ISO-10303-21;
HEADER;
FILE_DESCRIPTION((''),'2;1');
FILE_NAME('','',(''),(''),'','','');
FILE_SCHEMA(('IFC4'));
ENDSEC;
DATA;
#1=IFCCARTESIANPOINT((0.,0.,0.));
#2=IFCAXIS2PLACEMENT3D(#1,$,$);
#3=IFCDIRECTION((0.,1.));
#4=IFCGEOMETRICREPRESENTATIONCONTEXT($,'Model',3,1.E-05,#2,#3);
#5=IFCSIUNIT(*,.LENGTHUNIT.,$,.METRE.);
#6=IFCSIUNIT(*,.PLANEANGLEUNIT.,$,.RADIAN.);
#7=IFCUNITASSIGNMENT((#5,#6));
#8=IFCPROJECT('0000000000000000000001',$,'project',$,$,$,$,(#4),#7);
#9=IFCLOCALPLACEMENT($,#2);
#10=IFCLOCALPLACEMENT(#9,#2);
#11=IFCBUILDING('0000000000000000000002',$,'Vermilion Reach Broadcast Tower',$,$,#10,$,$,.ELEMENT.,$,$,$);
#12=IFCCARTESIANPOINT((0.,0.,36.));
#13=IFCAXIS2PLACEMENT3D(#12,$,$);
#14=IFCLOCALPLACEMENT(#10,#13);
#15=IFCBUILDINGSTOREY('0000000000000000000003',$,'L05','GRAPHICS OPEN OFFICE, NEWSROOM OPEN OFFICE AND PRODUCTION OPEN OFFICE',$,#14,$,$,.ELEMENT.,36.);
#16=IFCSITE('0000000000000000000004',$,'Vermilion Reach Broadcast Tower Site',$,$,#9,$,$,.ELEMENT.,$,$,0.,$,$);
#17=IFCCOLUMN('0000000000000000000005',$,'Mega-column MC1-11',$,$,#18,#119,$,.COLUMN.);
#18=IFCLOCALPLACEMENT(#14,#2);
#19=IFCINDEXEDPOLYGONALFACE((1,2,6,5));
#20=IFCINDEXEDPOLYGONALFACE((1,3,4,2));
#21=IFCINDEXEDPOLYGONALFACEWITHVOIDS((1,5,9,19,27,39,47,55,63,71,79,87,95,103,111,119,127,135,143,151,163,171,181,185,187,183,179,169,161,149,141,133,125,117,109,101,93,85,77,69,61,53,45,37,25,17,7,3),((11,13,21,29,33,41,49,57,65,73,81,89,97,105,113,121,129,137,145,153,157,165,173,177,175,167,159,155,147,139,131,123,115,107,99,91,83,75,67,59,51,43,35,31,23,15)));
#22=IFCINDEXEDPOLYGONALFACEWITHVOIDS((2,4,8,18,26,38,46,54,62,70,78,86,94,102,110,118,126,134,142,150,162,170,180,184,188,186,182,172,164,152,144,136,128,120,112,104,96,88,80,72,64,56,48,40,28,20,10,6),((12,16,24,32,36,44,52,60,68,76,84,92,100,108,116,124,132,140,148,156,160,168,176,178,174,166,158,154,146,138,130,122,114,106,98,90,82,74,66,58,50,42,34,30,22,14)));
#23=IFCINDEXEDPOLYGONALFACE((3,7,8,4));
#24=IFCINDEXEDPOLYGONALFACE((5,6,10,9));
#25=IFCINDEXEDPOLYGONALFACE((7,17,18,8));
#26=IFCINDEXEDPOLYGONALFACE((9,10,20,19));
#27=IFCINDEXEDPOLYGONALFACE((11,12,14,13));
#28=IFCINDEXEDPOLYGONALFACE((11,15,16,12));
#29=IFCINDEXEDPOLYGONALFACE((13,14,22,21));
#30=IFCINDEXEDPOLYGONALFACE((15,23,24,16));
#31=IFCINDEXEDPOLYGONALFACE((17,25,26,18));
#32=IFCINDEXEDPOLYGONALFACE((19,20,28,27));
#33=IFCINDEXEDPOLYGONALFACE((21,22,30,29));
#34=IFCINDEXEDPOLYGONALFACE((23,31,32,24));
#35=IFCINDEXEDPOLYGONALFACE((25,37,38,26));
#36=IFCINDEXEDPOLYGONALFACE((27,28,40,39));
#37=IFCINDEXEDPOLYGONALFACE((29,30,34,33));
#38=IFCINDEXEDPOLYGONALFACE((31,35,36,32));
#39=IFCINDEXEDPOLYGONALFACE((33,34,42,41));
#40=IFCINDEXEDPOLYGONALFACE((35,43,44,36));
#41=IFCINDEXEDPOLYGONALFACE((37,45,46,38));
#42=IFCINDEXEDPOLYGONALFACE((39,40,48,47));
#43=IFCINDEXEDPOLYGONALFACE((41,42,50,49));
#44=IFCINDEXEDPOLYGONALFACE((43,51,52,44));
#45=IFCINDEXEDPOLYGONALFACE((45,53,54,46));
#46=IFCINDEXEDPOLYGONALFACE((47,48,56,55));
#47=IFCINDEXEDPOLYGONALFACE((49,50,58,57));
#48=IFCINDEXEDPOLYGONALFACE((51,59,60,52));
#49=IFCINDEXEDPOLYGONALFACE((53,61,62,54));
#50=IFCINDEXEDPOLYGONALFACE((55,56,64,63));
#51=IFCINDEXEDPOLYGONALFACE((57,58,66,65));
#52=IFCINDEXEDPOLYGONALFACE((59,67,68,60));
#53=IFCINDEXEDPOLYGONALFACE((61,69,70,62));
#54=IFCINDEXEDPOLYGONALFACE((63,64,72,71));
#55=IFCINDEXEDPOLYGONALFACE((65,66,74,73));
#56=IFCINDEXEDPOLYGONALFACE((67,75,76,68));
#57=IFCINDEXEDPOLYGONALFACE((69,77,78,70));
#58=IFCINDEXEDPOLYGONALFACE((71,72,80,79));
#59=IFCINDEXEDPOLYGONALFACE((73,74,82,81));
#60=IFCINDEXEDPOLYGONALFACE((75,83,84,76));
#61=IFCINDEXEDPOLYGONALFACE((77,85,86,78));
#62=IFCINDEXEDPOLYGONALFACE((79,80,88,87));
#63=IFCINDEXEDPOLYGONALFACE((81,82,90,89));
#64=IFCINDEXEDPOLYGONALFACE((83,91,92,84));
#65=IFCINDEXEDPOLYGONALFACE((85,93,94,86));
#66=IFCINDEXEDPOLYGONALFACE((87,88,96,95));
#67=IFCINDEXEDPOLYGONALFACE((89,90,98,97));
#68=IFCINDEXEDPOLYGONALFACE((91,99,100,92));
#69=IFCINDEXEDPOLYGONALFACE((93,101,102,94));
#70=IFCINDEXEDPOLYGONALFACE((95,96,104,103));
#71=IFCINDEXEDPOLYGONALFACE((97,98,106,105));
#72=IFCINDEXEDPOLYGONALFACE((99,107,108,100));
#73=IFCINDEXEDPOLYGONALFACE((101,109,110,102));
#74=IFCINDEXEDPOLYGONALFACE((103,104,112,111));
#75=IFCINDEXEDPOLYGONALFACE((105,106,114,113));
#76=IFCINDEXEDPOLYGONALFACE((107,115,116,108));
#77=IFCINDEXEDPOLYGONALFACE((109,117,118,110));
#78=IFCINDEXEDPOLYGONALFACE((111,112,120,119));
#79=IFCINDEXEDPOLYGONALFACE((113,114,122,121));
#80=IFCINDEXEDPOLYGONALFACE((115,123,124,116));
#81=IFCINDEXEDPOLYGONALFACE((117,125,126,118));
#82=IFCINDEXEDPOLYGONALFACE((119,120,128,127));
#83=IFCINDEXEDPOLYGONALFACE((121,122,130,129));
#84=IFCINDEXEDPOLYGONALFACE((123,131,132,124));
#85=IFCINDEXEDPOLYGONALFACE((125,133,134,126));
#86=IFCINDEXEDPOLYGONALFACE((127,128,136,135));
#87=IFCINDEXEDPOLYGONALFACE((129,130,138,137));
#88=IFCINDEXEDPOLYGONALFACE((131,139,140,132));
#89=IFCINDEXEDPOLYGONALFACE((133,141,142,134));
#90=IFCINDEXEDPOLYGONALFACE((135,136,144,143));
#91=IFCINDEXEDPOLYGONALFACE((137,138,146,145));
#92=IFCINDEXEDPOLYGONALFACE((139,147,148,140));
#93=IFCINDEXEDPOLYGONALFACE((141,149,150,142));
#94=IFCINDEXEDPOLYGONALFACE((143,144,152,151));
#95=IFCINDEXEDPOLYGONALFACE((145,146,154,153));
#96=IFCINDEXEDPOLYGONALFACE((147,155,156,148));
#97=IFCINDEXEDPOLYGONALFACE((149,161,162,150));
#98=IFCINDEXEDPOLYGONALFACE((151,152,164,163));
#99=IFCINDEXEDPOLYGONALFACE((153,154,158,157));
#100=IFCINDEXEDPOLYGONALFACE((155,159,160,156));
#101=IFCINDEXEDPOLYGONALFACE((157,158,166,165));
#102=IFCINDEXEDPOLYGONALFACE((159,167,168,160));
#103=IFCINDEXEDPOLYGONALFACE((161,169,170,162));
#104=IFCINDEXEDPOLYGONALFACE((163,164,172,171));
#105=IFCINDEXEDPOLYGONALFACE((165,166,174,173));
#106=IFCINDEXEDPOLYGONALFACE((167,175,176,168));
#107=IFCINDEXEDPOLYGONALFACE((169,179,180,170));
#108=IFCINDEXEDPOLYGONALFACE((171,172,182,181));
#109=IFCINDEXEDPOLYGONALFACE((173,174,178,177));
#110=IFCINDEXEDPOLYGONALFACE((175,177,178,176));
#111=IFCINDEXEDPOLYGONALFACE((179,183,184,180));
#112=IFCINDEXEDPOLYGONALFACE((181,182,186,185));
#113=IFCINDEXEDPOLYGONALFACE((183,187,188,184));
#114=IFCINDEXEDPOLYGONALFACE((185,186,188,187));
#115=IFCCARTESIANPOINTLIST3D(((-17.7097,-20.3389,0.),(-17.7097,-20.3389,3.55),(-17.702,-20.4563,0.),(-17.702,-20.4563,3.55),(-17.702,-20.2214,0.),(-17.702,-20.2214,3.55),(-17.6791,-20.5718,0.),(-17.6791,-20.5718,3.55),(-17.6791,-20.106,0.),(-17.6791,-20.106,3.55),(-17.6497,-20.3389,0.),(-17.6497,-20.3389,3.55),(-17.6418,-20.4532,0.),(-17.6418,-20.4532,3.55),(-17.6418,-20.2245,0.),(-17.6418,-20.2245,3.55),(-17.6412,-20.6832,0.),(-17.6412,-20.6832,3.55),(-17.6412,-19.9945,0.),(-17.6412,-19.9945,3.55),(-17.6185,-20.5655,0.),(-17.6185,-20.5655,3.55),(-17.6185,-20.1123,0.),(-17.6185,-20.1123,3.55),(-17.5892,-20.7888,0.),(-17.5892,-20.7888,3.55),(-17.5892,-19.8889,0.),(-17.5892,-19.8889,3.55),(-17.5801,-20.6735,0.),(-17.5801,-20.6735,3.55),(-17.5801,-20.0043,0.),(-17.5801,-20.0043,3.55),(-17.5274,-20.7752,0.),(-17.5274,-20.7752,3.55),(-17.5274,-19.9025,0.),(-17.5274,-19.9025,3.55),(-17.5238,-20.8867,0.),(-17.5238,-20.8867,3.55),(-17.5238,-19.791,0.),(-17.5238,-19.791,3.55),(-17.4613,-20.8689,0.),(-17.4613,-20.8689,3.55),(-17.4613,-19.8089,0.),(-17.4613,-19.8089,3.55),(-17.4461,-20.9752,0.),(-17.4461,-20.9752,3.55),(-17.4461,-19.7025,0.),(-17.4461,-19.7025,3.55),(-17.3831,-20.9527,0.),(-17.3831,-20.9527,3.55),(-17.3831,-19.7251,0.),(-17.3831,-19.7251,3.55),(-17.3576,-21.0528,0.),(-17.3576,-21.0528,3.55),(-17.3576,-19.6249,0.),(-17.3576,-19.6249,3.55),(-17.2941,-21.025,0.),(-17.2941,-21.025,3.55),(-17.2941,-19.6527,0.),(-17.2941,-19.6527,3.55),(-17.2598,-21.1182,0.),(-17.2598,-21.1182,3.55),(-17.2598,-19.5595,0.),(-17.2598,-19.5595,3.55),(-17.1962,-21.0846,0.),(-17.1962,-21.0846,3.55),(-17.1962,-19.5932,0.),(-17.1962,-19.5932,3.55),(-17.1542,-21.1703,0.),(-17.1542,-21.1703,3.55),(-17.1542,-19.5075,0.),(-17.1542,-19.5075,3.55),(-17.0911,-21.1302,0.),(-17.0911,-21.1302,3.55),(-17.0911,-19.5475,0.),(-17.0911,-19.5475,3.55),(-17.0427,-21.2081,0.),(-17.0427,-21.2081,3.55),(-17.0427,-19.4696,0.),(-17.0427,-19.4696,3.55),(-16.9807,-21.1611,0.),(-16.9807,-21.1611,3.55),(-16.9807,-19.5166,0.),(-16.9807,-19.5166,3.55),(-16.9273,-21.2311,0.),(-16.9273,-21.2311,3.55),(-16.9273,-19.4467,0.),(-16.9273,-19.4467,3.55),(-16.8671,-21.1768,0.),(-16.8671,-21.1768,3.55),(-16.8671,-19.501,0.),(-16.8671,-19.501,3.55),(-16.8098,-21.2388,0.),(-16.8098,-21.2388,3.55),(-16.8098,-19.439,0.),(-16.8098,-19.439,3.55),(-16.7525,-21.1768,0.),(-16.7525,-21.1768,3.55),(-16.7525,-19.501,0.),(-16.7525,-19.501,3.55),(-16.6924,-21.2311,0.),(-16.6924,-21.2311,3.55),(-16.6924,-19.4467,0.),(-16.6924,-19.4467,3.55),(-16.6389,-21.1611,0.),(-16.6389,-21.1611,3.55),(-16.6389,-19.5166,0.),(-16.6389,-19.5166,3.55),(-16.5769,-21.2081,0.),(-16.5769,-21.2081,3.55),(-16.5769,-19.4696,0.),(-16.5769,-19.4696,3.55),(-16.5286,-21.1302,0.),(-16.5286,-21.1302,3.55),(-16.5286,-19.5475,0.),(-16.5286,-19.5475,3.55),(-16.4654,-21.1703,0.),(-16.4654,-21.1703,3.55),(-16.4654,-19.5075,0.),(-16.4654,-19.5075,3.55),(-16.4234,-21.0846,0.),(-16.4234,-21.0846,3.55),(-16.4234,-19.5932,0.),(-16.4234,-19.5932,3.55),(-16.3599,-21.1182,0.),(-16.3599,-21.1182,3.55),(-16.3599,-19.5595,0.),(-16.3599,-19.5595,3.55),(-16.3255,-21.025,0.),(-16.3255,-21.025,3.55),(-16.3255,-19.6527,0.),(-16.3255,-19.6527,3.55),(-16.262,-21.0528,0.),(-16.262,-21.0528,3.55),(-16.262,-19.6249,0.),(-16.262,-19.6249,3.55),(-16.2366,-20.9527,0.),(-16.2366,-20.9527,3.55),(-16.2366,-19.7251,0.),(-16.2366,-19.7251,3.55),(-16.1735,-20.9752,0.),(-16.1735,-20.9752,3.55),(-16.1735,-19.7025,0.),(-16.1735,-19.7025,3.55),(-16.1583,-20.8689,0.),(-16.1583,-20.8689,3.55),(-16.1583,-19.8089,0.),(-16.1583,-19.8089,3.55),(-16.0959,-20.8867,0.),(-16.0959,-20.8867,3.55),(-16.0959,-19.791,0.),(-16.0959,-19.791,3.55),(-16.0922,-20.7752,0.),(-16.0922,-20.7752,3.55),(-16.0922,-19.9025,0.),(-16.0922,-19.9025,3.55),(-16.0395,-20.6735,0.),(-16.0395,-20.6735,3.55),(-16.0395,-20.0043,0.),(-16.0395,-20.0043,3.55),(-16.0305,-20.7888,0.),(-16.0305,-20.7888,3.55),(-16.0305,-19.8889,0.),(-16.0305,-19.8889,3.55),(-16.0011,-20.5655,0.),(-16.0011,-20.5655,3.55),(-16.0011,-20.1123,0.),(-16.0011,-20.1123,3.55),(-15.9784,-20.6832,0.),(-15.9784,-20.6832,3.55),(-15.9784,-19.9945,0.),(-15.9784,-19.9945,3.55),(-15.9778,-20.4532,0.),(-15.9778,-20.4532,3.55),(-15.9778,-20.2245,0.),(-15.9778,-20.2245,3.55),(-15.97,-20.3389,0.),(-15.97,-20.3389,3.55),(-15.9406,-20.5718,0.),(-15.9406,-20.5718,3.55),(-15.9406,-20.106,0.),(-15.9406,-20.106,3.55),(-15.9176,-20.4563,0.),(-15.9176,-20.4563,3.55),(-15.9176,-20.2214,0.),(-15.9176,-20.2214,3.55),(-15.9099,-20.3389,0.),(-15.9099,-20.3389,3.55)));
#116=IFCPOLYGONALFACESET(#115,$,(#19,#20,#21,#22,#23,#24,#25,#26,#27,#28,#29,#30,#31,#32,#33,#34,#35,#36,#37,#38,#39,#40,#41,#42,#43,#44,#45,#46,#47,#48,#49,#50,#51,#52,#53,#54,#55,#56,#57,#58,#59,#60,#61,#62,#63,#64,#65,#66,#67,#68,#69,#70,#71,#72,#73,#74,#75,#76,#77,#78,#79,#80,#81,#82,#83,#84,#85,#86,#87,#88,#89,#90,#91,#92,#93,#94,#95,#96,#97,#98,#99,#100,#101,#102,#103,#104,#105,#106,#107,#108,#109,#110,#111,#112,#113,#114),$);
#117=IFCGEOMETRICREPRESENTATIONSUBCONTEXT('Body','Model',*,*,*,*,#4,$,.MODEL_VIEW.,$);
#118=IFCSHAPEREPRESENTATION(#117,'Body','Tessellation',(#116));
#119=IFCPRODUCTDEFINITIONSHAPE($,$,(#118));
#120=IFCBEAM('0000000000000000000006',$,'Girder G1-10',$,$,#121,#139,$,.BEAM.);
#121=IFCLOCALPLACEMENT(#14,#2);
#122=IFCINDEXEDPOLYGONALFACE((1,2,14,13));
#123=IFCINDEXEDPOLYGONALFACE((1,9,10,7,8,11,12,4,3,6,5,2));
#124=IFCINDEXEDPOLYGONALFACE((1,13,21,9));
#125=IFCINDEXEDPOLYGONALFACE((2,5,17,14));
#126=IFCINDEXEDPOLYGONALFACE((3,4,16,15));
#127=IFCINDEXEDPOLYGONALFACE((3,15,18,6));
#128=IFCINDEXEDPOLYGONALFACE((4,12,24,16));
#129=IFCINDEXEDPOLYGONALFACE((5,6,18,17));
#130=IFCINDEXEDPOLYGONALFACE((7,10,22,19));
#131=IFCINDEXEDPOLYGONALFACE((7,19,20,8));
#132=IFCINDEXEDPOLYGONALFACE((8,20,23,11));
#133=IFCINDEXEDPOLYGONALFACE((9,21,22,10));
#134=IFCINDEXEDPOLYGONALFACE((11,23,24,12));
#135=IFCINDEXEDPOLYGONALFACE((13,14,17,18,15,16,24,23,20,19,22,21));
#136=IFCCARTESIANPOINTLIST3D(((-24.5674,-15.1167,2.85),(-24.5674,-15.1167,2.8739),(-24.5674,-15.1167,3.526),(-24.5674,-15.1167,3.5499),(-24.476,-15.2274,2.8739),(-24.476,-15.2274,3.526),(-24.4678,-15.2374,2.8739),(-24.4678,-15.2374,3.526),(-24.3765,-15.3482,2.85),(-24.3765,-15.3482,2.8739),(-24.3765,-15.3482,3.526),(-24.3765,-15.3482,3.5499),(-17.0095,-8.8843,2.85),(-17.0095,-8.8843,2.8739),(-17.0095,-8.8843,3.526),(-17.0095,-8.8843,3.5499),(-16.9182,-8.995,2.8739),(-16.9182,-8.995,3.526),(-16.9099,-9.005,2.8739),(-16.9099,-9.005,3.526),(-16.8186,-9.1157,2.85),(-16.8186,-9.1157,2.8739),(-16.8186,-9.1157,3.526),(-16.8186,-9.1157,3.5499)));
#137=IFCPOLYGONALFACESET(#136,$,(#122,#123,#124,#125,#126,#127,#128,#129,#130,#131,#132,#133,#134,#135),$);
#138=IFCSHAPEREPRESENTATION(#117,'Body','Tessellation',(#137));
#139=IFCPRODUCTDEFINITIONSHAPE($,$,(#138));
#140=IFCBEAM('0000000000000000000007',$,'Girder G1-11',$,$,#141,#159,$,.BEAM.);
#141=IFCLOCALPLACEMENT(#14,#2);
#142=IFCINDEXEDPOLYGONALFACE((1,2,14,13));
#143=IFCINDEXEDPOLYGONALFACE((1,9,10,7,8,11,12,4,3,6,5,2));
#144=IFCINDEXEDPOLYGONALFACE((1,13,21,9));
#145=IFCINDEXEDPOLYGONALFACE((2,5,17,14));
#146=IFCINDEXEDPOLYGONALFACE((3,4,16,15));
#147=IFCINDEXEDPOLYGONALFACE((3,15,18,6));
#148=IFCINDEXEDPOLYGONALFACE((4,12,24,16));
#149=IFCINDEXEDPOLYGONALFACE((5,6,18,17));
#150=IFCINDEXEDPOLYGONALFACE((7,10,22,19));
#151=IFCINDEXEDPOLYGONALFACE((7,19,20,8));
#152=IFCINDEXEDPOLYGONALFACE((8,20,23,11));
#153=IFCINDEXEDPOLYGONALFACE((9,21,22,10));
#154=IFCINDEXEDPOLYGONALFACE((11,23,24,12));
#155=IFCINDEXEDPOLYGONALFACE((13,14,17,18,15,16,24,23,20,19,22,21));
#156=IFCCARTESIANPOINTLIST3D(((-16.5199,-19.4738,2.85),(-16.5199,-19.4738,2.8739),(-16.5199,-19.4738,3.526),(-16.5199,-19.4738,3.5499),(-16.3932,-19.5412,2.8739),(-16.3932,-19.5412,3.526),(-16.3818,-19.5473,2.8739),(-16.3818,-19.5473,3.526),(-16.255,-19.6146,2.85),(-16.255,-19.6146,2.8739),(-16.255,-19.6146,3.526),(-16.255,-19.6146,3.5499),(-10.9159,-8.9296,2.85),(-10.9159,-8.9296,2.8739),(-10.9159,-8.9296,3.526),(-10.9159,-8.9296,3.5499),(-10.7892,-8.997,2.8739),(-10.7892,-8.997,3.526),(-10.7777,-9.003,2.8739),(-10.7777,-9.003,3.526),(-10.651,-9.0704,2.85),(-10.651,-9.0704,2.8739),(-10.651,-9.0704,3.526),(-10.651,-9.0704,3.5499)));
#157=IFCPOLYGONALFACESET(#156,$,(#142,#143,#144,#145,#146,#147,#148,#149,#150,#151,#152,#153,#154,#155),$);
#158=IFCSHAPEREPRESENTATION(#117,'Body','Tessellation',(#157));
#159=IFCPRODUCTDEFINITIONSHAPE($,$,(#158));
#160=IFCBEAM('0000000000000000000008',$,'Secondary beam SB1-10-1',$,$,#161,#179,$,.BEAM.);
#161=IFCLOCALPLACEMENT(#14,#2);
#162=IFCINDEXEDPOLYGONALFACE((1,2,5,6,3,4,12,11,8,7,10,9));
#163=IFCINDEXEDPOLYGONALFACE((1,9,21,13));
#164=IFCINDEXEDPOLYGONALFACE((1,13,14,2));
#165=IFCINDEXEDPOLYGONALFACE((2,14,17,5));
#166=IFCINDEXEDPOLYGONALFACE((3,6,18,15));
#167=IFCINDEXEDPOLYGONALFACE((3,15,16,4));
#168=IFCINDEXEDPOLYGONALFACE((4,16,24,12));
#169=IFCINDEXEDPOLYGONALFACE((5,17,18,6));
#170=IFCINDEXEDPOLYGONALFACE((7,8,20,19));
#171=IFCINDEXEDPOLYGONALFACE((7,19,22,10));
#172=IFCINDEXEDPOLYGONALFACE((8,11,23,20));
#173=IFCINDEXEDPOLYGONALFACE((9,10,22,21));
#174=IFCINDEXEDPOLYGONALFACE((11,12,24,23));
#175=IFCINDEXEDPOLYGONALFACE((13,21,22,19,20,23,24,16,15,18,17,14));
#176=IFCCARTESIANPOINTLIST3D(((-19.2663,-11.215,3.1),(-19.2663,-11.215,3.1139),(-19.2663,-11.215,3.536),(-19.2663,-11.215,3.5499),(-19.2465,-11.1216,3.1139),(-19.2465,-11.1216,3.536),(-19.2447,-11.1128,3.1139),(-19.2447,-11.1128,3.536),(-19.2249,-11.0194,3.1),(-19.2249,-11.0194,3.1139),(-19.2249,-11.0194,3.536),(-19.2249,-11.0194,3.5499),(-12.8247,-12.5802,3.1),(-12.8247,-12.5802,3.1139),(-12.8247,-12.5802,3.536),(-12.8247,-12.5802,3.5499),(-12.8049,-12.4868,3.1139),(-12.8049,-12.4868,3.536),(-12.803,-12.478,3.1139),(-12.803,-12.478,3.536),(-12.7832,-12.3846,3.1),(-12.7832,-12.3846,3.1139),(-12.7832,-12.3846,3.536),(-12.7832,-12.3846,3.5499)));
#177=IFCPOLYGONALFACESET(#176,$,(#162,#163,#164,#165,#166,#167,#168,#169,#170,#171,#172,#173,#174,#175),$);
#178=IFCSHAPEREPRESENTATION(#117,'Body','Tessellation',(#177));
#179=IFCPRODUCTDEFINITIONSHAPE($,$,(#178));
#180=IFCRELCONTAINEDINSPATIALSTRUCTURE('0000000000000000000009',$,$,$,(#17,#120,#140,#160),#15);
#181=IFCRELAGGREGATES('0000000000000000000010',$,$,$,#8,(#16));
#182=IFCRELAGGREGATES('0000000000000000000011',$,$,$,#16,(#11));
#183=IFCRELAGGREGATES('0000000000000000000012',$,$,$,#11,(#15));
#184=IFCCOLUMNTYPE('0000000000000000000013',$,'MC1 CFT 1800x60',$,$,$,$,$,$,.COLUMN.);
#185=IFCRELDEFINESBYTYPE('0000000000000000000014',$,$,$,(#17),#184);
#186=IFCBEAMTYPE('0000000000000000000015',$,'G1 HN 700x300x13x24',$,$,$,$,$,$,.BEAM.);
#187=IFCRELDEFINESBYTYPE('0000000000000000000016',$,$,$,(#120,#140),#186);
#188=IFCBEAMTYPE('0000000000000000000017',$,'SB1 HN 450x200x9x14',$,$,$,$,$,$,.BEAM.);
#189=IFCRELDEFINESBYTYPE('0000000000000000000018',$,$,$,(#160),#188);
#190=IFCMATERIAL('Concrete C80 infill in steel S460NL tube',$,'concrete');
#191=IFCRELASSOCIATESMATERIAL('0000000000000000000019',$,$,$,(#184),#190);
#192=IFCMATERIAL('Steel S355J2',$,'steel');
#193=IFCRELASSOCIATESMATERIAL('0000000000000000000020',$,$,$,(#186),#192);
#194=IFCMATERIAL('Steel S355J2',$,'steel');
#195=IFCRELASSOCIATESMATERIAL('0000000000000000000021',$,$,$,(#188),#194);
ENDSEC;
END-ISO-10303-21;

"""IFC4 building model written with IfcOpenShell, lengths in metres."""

from ifc_helpers import new_model, si_unit, direction, frame, origin, origin_2d, place, context, subcontext, project, spatial, hollow_circle, i_section, extrude, material, material_profile, profile_set, type_object, element, save


model = new_model("IFC4")

# Units and contexts
model_context = context("Model", 3, precision=1e-05, world=origin(), true_north=direction((0.0, 1.0)))
body_context = subcontext(model_context, "Body", "Model", "MODEL_VIEW")
ifc_project = project(units=[si_unit("LENGTHUNIT", "METRE"), si_unit("PLANEANGLEUNIT", "RADIAN")], contexts=[model_context])

# Site, building, storey
site_placement = place(None, origin())
site = spatial("IfcSite", under=ifc_project, at=site_placement, Name="Vermilion Reach Broadcast Tower Site", CompositionType="ELEMENT", RefElevation=0.0)
building_placement = place(site_placement, origin())
building = spatial("IfcBuilding", under=site, at=building_placement, Name="Vermilion Reach Broadcast Tower", CompositionType="ELEMENT")
storey_placement = place(building_placement, frame((0.0, 0.0, 36.0)))
storey = spatial("IfcBuildingStorey", under=building, at=storey_placement, Name="L05", Description="GRAPHICS OPEN OFFICE, NEWSROOM OPEN OFFICE AND PRODUCTION OPEN OFFICE", CompositionType="ELEMENT", Elevation=36.0)

# Column
ifc_material_1 = material(Name="Concrete C80 infill in steel S460NL tube", Category="concrete")
ifc_material_profile_1 = material_profile(ifc_material_1, hollow_circle(Radius=0.8999, WallThickness=0.0601, at=origin_2d()), Name="Concrete C80 infill in steel S460NL tube CFT 1800x60")
ifc_profile_set_1 = profile_set([ifc_material_profile_1], Name="Concrete C80 infill in steel S460NL tube")
column_type = type_object("IfcColumnType", Name="MC1 CFT 1800x60", PredefinedType="COLUMN", material=ifc_profile_set_1)
column_placement = place(storey_placement, frame((-16.8098, -20.3389, 0.0), z_axis=(0.0, 0.0, 1.0), x_axis=(1.0, 0.0, 0.0)))
element("IfcColumn", 1, at=column_placement, inside=storey, type_object=column_type, Name="Mega-column MC1-11", PredefinedType="COLUMN", context=body_context, shape_type="SweptSolid", body=[
    extrude(hollow_circle(Radius=0.8999, WallThickness=0.0601, at=origin_2d()), origin(), (0.0, 0.0, 1.0), 3.55),
])

# Beams
ifc_material_2 = material(Name="Steel S355J2", Category="steel")
ifc_material_profile_2 = material_profile(ifc_material_2, i_section(OverallWidth=0.3, OverallDepth=0.7, WebThickness=0.0129, FlangeThickness=0.0239, at=origin_2d()), Name="S355J2 HN 700x300x13x24")
ifc_profile_set_2 = profile_set([ifc_material_profile_2], Name="Steel S355J2")
beam_type_1 = type_object("IfcBeamType", Name="G1 HN 700x300x13x24", PredefinedType="BEAM", material=ifc_profile_set_2)
beam_1_placement = place(storey_placement, frame((-16.9141, -9.0, 3.2), z_axis=(-0.771514, -0.636212, 0.0), x_axis=(0.636212, -0.771514, 0.0)))
element("IfcBeam", 2, at=beam_1_placement, inside=storey, type_object=beam_type_1, Name="Girder G1-10", PredefinedType="BEAM", context=body_context, shape_type="SweptSolid", body=[
    extrude(i_section(OverallWidth=0.3, OverallDepth=0.7, WebThickness=0.0129, FlangeThickness=0.0239, at=origin_2d()), origin(), (0.0, 0.0, 1.0), 9.7961),
])
beam_2_placement = place(storey_placement, frame((-10.7834, -9.0, 3.2), z_axis=(-0.469312, -0.883032, 0.0), x_axis=(0.883032, -0.469312, 0.0)))
element("IfcBeam", 3, at=beam_2_placement, inside=storey, type_object=beam_type_1, Name="Girder G1-11", PredefinedType="BEAM", context=body_context, shape_type="SweptSolid", body=[
    extrude(i_section(OverallWidth=0.3, OverallDepth=0.7, WebThickness=0.0129, FlangeThickness=0.0239, at=origin_2d()), origin(), (0.0, 0.0, 1.0), 11.9409),
])
ifc_material_3 = material(Name="Steel S355J2", Category="steel")
ifc_material_profile_3 = material_profile(ifc_material_3, i_section(OverallWidth=0.2, OverallDepth=0.45, WebThickness=0.009, FlangeThickness=0.0139, at=origin_2d()), Name="S355J2 HN 450x200x9x14")
ifc_profile_set_3 = profile_set([ifc_material_profile_3], Name="Steel S355J2")
beam_type_2 = type_object("IfcBeamType", Name="SB1 HN 450x200x9x14", PredefinedType="BEAM", material=ifc_profile_set_3)
beam_3_placement = place(storey_placement, frame((-19.2456, -11.1172, 3.325), z_axis=(0.97827, -0.207333, 0.0), x_axis=(0.207333, 0.97827, 0.0)))
element("IfcBeam", 4, at=beam_3_placement, inside=storey, type_object=beam_type_2, Name="Secondary beam SB1-10-1", PredefinedType="BEAM", context=body_context, shape_type="SweptSolid", body=[
    extrude(i_section(OverallWidth=0.2, OverallDepth=0.45, WebThickness=0.009, FlangeThickness=0.0139, at=origin_2d()), origin(), (0.0, 0.0, 1.0), 6.5847),
])

save(model, "model.ifc")
